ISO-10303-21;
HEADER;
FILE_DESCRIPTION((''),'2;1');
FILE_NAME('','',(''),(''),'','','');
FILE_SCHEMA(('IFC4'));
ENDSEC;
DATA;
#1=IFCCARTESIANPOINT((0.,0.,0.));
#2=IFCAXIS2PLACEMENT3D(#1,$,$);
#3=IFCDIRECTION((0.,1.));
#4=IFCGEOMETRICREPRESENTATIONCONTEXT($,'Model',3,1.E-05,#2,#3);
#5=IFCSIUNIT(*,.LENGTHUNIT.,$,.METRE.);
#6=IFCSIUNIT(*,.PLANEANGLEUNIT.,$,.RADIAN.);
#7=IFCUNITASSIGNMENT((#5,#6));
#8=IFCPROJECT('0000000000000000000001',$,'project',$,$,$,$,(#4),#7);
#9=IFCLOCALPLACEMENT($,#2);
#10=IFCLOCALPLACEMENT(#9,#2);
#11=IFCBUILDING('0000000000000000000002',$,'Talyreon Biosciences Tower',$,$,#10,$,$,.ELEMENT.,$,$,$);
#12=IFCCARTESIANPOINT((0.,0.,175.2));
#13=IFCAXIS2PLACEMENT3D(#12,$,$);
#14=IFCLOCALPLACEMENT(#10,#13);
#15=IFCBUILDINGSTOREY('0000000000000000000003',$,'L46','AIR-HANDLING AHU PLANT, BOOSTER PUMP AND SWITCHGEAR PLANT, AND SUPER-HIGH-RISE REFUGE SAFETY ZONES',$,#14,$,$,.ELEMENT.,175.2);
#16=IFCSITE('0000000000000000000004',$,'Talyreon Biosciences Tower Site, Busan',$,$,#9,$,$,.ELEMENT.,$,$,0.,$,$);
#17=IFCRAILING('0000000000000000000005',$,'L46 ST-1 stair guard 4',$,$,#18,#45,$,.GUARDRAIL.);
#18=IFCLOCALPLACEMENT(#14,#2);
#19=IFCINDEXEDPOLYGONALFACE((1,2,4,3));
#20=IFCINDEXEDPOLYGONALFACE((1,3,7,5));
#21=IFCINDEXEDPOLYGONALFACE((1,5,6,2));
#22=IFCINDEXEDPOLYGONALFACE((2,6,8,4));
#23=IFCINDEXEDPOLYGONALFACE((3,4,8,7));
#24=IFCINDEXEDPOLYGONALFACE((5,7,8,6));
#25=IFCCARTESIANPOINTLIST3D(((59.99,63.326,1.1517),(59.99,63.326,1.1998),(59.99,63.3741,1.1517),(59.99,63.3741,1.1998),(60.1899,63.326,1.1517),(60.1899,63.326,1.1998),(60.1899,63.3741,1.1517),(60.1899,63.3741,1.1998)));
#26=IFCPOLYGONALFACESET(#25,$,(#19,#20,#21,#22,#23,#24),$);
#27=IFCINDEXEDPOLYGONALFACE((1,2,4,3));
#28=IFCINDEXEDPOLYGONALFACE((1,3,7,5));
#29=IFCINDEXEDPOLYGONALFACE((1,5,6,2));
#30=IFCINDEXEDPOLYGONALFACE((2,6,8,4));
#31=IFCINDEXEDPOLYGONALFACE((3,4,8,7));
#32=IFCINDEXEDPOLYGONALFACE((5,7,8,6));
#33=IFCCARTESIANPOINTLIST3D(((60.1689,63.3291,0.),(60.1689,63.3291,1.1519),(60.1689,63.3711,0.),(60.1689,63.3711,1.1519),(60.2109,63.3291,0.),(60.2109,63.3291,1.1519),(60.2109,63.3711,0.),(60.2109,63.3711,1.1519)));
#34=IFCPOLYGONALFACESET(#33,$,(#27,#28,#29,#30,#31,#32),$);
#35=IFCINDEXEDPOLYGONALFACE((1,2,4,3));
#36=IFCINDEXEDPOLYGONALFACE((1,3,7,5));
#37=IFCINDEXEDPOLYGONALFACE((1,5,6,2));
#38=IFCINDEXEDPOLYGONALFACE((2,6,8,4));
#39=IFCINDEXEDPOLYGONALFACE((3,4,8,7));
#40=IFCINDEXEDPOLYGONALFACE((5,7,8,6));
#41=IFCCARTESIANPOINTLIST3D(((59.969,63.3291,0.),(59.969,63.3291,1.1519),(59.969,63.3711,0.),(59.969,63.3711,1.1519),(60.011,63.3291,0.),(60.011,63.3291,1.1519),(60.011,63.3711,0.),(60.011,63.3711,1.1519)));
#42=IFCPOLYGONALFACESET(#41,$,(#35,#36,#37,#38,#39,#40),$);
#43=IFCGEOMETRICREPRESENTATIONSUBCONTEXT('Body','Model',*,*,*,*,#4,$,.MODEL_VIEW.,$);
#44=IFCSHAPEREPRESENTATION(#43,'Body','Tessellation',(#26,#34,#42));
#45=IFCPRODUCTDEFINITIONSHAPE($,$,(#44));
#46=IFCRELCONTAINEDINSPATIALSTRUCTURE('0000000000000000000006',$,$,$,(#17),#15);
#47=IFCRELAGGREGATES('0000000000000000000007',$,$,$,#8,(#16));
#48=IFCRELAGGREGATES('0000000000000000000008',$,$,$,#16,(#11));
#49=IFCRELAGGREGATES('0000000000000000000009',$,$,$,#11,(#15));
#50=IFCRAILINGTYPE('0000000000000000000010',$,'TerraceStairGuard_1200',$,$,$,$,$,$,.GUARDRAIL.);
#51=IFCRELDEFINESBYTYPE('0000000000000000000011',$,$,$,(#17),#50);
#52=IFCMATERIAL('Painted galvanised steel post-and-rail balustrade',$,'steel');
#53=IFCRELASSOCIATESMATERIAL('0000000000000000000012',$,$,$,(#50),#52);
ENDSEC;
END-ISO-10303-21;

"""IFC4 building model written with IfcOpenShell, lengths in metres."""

from ifc_helpers import new_model, si_unit, direction, frame, origin, origin_2d, place, context, subcontext, project, spatial, rectangle, extrude, material, type_object, element, save


model = new_model("IFC4")

# Units and contexts
model_context = context("Model", 3, precision=1e-05, world=origin(), true_north=direction((0.0, 1.0)))
body_context = subcontext(model_context, "Body", "Model", "MODEL_VIEW")
ifc_project = project(units=[si_unit("LENGTHUNIT", "METRE"), si_unit("PLANEANGLEUNIT", "RADIAN")], contexts=[model_context])

# Site, building, storey
site_placement = place(None, origin())
site = spatial("IfcSite", under=ifc_project, at=site_placement, Name="Talyreon Biosciences Tower Site, Busan", CompositionType="ELEMENT", RefElevation=0.0)
building_placement = place(site_placement, origin())
building = spatial("IfcBuilding", under=site, at=building_placement, Name="Talyreon Biosciences Tower", CompositionType="ELEMENT")
storey_placement = place(building_placement, frame((0.0, 0.0, 175.2)))
storey = spatial("IfcBuildingStorey", under=building, at=storey_placement, Name="L46", Description="AIR-HANDLING AHU PLANT, BOOSTER PUMP AND SWITCHGEAR PLANT, AND SUPER-HIGH-RISE REFUGE SAFETY ZONES", CompositionType="ELEMENT", Elevation=175.2)

# Railing
ifc_material_1 = material(Name="Painted galvanised steel post-and-rail balustrade", Category="steel")
railing_type_1 = type_object("IfcRailingType", Name="TerraceStairGuard_1200", PredefinedType="GUARDRAIL", material=ifc_material_1)
railing_1_placement = place(storey_placement, frame((60.1899, 63.3501, 0.0)))
element("IfcRailing", 1, at=railing_1_placement, inside=storey, type_object=railing_type_1, Name="L46 ST-1 stair guard 4", PredefinedType="GUARDRAIL", context=body_context, shape_type="SweptSolid", body=[
    extrude(rectangle(XDim=0.0481, YDim=0.0481, at=origin_2d()), frame((0.0, 0.0, 1.1758), z_axis=(-1.0, 0.0, 0.0), x_axis=(0.0, -1.0, 0.0)), (0.0, 0.0, 1.0), 0.2),
    extrude(rectangle(XDim=0.042, YDim=0.042, at=origin_2d()), origin(), (0.0, 0.0, 1.0), 1.1519),
    extrude(rectangle(XDim=0.042, YDim=0.042, at=origin_2d()), frame((-0.2, 0.0, 0.0)), (0.0, 0.0, 1.0), 1.1519),
])

save(model, "model.ifc")
